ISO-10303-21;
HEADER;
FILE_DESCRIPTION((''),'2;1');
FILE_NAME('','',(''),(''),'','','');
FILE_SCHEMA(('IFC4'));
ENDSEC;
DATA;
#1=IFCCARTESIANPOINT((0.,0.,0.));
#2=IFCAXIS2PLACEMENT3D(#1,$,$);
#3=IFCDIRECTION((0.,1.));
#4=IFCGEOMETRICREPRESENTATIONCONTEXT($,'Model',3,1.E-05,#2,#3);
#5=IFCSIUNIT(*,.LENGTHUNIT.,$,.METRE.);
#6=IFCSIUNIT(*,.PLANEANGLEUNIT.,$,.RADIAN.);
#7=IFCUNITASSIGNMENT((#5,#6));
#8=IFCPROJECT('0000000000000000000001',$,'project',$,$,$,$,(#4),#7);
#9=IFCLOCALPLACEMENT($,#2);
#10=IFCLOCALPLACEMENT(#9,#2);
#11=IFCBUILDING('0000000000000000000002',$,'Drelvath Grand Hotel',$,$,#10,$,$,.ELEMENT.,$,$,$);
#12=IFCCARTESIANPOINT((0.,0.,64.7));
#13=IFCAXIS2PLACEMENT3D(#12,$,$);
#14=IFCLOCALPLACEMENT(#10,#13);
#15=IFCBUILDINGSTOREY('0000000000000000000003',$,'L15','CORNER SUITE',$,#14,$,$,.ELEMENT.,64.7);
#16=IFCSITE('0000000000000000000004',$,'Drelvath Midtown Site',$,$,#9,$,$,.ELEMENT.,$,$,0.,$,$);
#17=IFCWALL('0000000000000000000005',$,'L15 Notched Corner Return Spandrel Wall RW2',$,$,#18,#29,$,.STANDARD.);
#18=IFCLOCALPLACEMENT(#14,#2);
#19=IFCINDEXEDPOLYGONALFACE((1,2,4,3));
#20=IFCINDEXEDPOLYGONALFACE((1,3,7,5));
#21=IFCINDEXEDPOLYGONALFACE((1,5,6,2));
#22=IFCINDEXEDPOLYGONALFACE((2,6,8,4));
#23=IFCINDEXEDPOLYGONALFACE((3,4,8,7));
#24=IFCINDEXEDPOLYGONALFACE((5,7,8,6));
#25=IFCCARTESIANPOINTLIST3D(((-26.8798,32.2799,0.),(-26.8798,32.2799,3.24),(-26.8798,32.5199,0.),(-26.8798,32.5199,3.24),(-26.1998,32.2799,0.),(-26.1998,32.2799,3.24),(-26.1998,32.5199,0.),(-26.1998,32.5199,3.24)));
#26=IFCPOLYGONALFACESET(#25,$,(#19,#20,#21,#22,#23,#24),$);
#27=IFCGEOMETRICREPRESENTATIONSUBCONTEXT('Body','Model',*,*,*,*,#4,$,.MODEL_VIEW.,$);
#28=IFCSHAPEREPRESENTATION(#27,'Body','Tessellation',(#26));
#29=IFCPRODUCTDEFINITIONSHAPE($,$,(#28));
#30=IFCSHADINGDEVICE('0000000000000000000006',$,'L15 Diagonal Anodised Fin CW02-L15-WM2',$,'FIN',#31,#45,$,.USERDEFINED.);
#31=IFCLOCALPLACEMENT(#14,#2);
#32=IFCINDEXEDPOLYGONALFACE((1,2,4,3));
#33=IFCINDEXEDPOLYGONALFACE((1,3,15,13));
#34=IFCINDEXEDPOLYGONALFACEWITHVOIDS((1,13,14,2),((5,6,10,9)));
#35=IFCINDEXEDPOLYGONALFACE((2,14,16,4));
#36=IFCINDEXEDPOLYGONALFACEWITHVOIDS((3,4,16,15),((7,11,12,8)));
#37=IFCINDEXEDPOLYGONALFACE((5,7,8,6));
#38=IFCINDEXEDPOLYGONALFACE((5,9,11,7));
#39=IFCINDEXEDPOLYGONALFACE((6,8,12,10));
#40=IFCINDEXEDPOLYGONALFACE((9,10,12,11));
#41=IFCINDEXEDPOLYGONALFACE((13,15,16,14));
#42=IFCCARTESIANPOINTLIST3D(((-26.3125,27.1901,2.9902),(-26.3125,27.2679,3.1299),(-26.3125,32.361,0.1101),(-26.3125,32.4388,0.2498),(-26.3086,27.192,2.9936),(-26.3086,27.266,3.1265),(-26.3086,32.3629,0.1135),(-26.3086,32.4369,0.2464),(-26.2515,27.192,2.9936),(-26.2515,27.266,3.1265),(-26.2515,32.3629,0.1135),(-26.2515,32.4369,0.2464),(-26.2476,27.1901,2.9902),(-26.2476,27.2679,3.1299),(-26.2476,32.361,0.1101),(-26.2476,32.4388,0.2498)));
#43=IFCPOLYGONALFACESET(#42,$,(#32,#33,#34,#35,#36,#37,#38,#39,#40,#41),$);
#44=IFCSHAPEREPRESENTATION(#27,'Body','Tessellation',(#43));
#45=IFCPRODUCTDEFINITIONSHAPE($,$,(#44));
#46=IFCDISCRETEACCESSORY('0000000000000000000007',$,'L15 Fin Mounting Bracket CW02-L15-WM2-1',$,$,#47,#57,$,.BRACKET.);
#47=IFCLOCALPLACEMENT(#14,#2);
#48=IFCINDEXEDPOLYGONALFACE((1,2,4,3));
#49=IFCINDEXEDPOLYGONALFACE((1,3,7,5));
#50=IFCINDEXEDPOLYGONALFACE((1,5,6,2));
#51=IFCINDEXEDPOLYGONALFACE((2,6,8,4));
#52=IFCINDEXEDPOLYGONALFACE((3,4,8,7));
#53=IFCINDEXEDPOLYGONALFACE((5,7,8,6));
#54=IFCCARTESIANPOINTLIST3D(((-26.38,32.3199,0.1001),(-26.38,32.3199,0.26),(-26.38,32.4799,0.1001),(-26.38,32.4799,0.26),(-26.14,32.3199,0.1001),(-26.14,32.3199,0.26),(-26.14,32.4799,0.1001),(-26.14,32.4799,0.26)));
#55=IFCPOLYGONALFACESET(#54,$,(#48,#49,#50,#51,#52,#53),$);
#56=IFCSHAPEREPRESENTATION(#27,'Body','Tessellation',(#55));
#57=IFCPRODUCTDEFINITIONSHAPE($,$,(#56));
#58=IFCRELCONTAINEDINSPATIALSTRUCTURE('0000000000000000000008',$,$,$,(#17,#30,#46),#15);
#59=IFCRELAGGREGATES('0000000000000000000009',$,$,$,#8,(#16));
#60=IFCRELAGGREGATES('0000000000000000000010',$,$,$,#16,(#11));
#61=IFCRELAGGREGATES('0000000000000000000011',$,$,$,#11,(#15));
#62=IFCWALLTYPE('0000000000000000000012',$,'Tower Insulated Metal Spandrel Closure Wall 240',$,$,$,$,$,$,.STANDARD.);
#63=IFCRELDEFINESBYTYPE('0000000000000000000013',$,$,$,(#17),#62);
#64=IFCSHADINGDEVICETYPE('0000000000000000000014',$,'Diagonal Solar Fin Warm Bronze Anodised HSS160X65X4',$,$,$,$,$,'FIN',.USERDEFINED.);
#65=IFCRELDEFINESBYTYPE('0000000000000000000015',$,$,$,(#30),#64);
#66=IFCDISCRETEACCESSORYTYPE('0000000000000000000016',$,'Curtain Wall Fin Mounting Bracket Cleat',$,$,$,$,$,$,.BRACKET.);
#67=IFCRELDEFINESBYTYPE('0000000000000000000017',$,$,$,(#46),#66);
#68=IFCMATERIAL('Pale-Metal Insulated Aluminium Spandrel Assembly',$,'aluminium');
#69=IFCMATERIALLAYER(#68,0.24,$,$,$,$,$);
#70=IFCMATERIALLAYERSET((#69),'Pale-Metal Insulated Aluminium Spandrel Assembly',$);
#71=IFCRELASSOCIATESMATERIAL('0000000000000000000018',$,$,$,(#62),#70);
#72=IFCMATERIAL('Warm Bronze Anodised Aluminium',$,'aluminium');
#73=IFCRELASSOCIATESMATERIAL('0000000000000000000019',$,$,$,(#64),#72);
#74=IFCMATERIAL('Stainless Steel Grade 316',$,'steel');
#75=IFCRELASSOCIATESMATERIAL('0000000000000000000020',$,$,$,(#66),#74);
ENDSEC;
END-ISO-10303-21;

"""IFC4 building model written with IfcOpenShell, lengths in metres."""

from ifc_helpers import new_model, si_unit, direction, frame, frame_2d, origin, origin_2d, place, context, subcontext, project, spatial, rectangle, hollow_rectangle, extrude, material, layer, layer_set, material_profile, profile_set, type_object, element, save


model = new_model("IFC4")

# Units and contexts
model_context = context("Model", 3, precision=1e-05, world=origin(), true_north=direction((0.0, 1.0)))
body_context = subcontext(model_context, "Body", "Model", "MODEL_VIEW")
ifc_project = project(units=[si_unit("LENGTHUNIT", "METRE"), si_unit("PLANEANGLEUNIT", "RADIAN")], contexts=[model_context])

# Site, building, storey
site_placement = place(None, origin())
site = spatial("IfcSite", under=ifc_project, at=site_placement, Name="Drelvath Midtown Site", CompositionType="ELEMENT", RefElevation=0.0)
building_placement = place(site_placement, origin())
building = spatial("IfcBuilding", under=site, at=building_placement, Name="Drelvath Grand Hotel", CompositionType="ELEMENT")
storey_placement = place(building_placement, frame((0.0, 0.0, 64.7)))
storey = spatial("IfcBuildingStorey", under=building, at=storey_placement, Name="L15", Description="CORNER SUITE", CompositionType="ELEMENT", Elevation=64.7)

# Wall
ifc_material_1 = material(Name="Pale-Metal Insulated Aluminium Spandrel Assembly", Category="aluminium")
ifc_layer_1 = layer(ifc_material_1, 0.24)
ifc_layer_set_1 = layer_set([ifc_layer_1], Name="Pale-Metal Insulated Aluminium Spandrel Assembly")
wall_type_1 = type_object("IfcWallType", Name="Tower Insulated Metal Spandrel Closure Wall 240", PredefinedType="STANDARD", material=ifc_layer_set_1)
wall_1_placement = place(storey_placement, frame((-26.2, 32.3999, 0.0), z_axis=(0.0, 0.0, 1.0), x_axis=(-1.0, 0.0, 0.0)))
element("IfcWall", 1, at=wall_1_placement, inside=storey, type_object=wall_type_1, Name="L15 Notched Corner Return Spandrel Wall RW2", PredefinedType="STANDARD", context=body_context, shape_type="SweptSolid", body=[
    extrude(rectangle(XDim=0.6799, YDim=0.24, at=frame_2d((0.3398, 0.0))), origin(), (0.0, 0.0, 1.0), 3.24),
])

# Shading device
ifc_material_2 = material(Name="Warm Bronze Anodised Aluminium", Category="aluminium")
ifc_material_profile_1 = material_profile(ifc_material_2, hollow_rectangle(XDim=0.0649, YDim=0.1599, WallThickness=0.0039, at=origin_2d()), Name="HSS160X65X4")
ifc_profile_set_1 = profile_set([ifc_material_profile_1], Name="Warm Bronze Anodised Aluminium")
shading_device_type = type_object("IfcShadingDeviceType", Name="Diagonal Solar Fin Warm Bronze Anodised HSS160X65X4", ElementType="FIN", PredefinedType="USERDEFINED", material=ifc_profile_set_1)
shading_device_placement = place(storey_placement, frame((-26.28, 32.3999, 0.1799), z_axis=(0.0, -0.873626, 0.486599), x_axis=(1.0, 0.0, 0.0)))
element("IfcShadingDevice", 2, at=shading_device_placement, inside=storey, type_object=shading_device_type, Name="L15 Diagonal Anodised Fin CW02-L15-WM2", ObjectType="FIN", PredefinedType="USERDEFINED", context=body_context, shape_type="SweptSolid", body=[
    extrude(hollow_rectangle(XDim=0.0649, YDim=0.1599, WallThickness=0.0039, at=origin_2d()), origin(), (0.0, 0.0, 1.0), 5.9189),
])

# Discrete accessory
ifc_material_3 = material(Name="Stainless Steel Grade 316", Category="steel")
discrete_accessory_type = type_object("IfcDiscreteAccessoryType", Name="Curtain Wall Fin Mounting Bracket Cleat", PredefinedType="BRACKET", material=ifc_material_3)
discrete_accessory_placement = place(storey_placement, frame((-26.26, 32.3999, 0.1001), z_axis=(0.0, 0.0, 1.0), x_axis=(0.0, 1.0, 0.0)))
element("IfcDiscreteAccessory", 3, at=discrete_accessory_placement, inside=storey, type_object=discrete_accessory_type, Name="L15 Fin Mounting Bracket CW02-L15-WM2-1", PredefinedType="BRACKET", context=body_context, shape_type="SweptSolid", body=[
    extrude(rectangle(XDim=0.1599, YDim=0.24, at=origin_2d()), origin(), (0.0, 0.0, 1.0), 0.1599),
])

save(model, "model.ifc")
